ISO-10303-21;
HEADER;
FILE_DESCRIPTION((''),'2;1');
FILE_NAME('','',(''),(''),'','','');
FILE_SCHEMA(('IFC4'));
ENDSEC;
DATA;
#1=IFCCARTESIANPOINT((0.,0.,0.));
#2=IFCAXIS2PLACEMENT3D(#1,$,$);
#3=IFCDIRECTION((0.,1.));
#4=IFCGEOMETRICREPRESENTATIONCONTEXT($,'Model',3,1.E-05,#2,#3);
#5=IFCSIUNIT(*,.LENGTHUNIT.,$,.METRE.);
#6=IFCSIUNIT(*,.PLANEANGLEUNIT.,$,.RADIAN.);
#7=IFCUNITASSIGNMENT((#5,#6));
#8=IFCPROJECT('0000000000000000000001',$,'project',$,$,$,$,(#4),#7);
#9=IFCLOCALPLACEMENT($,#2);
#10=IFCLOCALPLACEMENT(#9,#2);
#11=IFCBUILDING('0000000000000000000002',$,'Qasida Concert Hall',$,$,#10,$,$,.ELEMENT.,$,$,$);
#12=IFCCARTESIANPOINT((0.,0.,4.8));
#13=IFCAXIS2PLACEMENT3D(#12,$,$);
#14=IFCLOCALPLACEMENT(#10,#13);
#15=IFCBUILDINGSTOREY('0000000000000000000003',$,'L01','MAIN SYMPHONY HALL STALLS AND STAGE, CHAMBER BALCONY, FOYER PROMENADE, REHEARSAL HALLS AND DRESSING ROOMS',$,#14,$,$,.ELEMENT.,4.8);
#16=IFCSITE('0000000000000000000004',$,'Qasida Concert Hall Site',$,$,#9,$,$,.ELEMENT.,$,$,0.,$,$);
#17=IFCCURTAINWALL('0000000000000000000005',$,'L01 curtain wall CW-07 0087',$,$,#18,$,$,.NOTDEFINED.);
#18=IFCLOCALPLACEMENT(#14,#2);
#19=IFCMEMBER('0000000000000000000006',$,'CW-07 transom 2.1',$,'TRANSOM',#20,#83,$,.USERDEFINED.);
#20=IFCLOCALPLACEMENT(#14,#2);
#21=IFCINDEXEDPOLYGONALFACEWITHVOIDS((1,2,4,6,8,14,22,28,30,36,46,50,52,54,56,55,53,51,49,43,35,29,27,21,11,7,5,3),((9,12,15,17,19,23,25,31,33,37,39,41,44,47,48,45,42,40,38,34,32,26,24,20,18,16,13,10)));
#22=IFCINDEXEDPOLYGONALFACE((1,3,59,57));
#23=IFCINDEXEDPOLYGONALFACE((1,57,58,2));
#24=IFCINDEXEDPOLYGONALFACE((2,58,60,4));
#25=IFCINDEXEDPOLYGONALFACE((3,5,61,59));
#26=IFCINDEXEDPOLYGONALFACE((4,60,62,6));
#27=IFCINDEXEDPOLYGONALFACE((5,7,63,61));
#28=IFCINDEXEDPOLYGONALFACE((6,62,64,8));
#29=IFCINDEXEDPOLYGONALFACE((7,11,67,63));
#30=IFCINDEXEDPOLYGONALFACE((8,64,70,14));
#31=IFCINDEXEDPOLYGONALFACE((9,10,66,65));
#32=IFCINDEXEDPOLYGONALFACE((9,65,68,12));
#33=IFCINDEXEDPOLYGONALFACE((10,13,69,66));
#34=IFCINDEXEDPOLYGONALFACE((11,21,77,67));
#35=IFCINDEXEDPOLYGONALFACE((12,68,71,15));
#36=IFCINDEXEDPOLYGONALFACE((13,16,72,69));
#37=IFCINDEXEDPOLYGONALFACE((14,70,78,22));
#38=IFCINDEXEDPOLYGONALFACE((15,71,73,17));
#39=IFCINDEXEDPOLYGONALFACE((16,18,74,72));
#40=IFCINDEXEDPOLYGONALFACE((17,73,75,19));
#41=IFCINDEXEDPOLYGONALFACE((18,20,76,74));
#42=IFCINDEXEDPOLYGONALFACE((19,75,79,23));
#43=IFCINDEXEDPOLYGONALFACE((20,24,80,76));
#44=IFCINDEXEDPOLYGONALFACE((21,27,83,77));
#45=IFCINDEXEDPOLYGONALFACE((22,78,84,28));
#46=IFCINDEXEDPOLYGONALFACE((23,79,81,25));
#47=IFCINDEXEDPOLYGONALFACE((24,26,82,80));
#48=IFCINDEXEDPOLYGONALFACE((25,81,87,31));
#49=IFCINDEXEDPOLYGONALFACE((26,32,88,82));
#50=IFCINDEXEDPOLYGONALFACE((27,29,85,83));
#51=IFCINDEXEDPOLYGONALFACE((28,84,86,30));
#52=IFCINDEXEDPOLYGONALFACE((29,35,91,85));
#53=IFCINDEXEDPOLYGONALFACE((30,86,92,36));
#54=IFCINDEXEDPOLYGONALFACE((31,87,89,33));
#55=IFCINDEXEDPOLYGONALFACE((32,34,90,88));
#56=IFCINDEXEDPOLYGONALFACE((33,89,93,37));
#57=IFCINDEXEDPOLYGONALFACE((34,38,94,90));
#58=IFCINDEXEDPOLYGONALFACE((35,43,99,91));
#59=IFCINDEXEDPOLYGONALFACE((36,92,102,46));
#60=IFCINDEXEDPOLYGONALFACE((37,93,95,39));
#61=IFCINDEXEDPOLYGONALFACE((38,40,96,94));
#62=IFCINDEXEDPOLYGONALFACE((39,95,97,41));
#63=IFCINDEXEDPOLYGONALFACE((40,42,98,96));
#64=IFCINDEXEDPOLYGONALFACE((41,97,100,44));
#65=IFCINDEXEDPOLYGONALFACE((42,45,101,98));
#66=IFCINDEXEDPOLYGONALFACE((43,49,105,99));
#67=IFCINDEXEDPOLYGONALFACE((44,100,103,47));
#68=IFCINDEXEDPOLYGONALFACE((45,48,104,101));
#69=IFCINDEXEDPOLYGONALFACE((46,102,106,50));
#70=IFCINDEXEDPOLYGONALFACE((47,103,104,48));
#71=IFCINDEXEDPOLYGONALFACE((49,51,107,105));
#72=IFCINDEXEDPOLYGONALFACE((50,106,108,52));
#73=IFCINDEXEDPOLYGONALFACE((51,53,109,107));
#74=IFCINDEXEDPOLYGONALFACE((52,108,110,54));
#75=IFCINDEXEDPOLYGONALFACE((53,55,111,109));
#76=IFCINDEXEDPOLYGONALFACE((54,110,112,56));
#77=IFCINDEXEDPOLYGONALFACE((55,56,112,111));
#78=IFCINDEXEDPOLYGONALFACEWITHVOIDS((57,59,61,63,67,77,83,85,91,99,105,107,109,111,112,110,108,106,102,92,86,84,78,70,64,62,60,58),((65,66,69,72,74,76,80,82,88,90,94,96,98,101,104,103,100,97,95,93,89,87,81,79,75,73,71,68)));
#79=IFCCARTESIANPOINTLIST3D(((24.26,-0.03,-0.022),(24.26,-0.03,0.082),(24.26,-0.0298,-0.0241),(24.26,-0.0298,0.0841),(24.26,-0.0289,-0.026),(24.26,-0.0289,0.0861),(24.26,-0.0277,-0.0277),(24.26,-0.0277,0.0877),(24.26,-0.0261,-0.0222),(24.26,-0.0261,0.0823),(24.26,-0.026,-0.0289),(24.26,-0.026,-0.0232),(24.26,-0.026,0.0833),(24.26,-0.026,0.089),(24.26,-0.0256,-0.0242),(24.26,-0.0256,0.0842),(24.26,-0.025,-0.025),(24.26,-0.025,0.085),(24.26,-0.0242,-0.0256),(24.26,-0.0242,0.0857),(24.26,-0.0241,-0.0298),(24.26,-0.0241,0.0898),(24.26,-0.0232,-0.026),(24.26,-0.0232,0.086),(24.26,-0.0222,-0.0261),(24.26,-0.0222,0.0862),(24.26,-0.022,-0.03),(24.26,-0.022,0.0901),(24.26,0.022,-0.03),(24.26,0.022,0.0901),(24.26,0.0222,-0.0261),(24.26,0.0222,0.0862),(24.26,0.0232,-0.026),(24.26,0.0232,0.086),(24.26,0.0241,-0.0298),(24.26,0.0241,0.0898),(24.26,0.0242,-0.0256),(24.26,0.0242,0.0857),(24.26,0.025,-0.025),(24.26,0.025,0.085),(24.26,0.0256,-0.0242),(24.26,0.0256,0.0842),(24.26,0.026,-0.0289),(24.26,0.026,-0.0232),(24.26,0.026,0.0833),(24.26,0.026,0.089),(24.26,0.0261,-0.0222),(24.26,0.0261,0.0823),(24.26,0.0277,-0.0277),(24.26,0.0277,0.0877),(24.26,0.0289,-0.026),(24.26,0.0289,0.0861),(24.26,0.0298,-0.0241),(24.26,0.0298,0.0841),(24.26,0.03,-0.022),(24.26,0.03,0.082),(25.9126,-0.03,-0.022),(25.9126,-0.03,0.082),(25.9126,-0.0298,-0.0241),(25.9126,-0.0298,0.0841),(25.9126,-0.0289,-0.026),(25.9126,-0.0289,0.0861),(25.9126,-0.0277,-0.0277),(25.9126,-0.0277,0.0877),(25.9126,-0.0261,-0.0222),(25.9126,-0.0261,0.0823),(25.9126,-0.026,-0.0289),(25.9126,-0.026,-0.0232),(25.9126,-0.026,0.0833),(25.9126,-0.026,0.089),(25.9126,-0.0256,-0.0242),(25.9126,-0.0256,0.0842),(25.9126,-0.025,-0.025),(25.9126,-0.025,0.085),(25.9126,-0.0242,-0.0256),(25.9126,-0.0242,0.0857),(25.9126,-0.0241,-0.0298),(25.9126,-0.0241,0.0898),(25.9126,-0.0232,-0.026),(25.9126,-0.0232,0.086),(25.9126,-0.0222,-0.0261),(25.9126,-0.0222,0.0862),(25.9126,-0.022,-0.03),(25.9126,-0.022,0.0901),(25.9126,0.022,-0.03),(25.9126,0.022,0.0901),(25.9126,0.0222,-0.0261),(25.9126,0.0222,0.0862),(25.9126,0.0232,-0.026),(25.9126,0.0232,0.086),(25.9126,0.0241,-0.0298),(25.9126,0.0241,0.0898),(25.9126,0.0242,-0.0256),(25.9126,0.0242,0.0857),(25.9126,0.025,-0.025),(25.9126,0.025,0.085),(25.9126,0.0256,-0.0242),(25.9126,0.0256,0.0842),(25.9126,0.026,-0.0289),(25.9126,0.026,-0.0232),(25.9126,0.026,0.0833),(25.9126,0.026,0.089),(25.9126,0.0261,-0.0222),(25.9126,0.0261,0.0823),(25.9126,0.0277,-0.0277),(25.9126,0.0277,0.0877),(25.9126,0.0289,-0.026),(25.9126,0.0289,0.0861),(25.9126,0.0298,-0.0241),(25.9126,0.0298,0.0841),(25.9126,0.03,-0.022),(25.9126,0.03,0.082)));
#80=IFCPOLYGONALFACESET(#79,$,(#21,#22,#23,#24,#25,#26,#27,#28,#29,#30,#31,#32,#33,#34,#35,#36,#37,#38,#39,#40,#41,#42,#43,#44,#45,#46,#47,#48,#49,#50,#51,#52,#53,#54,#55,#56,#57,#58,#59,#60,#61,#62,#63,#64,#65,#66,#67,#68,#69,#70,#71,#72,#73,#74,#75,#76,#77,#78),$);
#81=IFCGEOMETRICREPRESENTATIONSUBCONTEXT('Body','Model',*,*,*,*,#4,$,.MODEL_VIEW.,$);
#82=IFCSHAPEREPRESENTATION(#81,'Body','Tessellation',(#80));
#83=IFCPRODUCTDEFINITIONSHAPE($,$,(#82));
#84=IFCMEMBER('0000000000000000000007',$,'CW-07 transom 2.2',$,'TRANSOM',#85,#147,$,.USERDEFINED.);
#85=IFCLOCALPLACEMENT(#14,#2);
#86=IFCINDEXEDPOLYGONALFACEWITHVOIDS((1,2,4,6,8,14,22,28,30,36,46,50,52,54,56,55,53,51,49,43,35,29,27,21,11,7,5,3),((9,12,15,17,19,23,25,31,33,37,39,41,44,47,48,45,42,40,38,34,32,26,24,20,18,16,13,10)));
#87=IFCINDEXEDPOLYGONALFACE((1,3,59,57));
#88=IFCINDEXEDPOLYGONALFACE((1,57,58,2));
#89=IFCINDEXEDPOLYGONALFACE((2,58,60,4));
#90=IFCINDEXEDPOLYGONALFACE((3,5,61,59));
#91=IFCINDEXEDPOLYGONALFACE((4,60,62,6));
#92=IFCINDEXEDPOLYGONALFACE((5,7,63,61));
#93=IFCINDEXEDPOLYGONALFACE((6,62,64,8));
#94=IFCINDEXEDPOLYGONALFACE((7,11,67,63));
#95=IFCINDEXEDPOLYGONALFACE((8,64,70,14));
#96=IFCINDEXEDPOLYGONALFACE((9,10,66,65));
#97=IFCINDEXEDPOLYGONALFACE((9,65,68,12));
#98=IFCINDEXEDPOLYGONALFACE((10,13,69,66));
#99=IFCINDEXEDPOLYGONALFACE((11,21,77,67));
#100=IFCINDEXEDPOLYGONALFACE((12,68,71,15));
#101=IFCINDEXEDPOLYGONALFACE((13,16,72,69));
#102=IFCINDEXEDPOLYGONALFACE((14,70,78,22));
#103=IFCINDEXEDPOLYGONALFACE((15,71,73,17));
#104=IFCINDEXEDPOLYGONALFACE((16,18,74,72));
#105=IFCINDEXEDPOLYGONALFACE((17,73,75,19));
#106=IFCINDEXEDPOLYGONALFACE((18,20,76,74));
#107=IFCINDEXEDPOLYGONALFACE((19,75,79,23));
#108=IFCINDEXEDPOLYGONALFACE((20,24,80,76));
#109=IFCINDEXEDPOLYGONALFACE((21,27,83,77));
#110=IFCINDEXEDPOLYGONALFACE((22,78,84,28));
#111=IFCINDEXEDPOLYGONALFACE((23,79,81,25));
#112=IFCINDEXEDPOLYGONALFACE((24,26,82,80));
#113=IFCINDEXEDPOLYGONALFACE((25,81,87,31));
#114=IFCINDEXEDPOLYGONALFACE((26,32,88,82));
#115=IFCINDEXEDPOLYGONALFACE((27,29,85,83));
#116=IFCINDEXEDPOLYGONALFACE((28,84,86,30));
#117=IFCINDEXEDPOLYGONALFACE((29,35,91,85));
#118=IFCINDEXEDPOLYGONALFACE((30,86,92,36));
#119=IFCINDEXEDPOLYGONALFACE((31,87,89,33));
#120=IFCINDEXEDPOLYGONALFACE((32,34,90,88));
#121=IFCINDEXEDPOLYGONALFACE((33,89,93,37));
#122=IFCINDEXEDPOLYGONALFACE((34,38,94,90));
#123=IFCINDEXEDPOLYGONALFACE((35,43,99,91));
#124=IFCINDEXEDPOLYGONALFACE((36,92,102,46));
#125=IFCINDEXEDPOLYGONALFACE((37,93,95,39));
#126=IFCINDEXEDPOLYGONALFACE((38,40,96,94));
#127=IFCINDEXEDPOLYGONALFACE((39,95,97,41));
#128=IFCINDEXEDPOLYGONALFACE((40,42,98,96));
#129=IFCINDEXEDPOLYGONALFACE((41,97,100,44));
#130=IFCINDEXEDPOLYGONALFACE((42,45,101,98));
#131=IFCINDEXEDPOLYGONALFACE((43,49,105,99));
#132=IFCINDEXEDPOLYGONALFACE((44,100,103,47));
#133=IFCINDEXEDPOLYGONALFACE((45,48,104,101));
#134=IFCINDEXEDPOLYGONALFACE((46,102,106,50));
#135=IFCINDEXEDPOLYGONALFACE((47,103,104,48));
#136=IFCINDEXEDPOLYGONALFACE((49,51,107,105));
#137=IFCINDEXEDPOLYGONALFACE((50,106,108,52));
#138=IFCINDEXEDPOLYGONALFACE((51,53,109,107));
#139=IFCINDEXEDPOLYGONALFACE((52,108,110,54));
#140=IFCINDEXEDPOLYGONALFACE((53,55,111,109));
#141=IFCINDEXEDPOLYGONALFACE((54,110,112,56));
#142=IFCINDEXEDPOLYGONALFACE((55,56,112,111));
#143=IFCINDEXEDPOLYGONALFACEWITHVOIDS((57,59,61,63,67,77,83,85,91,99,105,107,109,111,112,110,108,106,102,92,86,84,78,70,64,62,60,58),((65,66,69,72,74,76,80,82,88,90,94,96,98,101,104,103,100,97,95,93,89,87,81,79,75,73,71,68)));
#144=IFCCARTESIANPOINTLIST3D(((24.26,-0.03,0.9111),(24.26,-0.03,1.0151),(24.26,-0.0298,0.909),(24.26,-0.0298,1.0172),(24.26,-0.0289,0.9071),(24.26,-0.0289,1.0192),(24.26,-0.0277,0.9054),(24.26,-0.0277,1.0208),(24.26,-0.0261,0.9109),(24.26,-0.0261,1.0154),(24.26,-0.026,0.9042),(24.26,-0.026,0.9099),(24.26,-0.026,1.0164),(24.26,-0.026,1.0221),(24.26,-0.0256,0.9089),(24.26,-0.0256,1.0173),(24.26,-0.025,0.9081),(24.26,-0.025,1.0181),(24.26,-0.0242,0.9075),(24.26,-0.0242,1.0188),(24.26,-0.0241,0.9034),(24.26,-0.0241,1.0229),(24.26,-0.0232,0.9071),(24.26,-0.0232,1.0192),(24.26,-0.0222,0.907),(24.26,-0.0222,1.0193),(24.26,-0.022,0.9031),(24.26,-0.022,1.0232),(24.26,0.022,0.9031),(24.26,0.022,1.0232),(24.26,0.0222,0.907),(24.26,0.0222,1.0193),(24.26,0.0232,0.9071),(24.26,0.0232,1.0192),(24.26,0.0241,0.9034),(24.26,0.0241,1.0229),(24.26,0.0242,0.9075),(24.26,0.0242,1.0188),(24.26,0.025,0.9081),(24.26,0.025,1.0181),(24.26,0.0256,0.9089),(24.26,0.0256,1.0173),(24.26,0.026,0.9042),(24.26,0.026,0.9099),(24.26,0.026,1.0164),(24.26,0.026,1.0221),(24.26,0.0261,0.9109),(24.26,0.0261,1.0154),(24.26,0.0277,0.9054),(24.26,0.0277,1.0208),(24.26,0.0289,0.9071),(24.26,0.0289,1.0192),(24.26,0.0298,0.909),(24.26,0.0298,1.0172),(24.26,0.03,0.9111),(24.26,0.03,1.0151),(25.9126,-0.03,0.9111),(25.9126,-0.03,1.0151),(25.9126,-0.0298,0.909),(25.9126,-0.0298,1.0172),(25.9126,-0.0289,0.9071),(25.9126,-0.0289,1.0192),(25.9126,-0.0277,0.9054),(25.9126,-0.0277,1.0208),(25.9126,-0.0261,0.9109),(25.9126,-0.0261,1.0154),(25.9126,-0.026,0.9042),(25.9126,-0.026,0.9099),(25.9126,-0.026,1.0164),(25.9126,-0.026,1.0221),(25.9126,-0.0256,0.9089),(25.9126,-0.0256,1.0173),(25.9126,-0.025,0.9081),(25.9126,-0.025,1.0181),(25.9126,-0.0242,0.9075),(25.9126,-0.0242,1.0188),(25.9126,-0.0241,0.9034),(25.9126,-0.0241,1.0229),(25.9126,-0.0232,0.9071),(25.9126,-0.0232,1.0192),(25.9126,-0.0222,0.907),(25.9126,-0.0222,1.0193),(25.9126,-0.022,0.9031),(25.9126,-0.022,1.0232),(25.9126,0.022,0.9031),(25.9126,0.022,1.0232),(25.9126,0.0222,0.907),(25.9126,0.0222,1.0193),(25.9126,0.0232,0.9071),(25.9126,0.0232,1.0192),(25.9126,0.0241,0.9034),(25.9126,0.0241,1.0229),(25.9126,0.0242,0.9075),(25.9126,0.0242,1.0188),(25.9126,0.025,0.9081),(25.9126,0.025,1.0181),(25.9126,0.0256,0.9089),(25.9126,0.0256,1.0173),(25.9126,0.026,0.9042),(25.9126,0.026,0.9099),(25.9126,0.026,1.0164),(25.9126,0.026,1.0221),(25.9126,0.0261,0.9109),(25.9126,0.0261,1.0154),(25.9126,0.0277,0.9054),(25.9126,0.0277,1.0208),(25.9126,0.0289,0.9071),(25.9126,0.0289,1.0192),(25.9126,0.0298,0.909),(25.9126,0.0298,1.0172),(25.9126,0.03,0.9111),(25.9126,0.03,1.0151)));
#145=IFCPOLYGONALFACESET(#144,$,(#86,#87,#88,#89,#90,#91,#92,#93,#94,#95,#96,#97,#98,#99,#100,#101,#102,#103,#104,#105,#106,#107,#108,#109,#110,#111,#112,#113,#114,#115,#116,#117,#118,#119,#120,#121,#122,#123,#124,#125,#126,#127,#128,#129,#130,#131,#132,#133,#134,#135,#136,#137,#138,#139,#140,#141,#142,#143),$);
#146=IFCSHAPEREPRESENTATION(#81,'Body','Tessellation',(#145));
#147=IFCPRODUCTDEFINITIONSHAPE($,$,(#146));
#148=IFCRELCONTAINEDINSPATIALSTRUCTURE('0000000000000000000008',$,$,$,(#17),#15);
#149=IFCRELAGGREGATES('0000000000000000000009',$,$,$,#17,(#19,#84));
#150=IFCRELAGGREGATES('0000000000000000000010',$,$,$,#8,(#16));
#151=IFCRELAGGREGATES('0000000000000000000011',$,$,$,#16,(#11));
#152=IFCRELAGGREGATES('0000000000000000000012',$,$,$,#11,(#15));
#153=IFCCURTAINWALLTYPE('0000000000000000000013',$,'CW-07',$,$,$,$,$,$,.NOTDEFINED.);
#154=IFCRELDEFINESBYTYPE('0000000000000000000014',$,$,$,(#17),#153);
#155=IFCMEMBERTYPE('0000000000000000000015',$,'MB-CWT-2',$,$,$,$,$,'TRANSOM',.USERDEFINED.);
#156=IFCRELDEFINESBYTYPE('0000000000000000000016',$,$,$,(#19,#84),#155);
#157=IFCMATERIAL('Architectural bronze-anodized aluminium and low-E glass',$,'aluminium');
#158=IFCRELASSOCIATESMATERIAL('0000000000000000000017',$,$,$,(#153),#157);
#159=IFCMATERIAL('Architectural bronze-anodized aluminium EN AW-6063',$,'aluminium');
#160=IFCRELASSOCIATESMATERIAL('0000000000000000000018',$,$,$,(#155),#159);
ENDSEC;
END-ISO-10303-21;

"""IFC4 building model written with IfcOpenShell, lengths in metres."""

from ifc_helpers import new_model, si_unit, direction, frame, origin, origin_2d, place, context, subcontext, project, spatial, hollow_rectangle, extrude, material, material_profile, profile_set, type_object, element, aggregate, save


model = new_model("IFC4")

# Units and contexts
model_context = context("Model", 3, precision=1e-05, world=origin(), true_north=direction((0.0, 1.0)))
body_context = subcontext(model_context, "Body", "Model", "MODEL_VIEW")
ifc_project = project(units=[si_unit("LENGTHUNIT", "METRE"), si_unit("PLANEANGLEUNIT", "RADIAN")], contexts=[model_context])

# Site, building, storey
site_placement = place(None, origin())
site = spatial("IfcSite", under=ifc_project, at=site_placement, Name="Qasida Concert Hall Site", CompositionType="ELEMENT", RefElevation=0.0)
building_placement = place(site_placement, origin())
building = spatial("IfcBuilding", under=site, at=building_placement, Name="Qasida Concert Hall", CompositionType="ELEMENT")
storey_placement = place(building_placement, frame((0.0, 0.0, 4.8)))
storey = spatial("IfcBuildingStorey", under=building, at=storey_placement, Name="L01", Description="MAIN SYMPHONY HALL STALLS AND STAGE, CHAMBER BALCONY, FOYER PROMENADE, REHEARSAL HALLS AND DRESSING ROOMS", CompositionType="ELEMENT", Elevation=4.8)

# Shared definitions
ifc_material_1 = material(Name="Architectural bronze-anodized aluminium and low-E glass", Category="aluminium")
curtain_wall_type = type_object("IfcCurtainWallType", Name="CW-07", PredefinedType="NOTDEFINED", material=ifc_material_1)
ifc_material_2 = material(Name="Architectural bronze-anodized aluminium EN AW-6063", Category="aluminium")

# Curtain wall, members
curtain_wall_1_placement = place(storey_placement, origin())
curtain_wall_1 = element("IfcCurtainWall", 1, at=curtain_wall_1_placement, inside=storey, type_object=curtain_wall_type, Name="L01 curtain wall CW-07 0087", PredefinedType="NOTDEFINED")
ifc_material_profile_1 = material_profile(ifc_material_2, hollow_rectangle(XDim=0.0601, YDim=0.1201, WallThickness=0.0039, InnerFilletRadius=0.0039, OuterFilletRadius=0.0081, at=origin_2d()), Name="CWT 120x60x4")
ifc_profile_set_1 = profile_set([ifc_material_profile_1], Name="Architectural bronze-anodized aluminium EN AW-6063")
member_type_1 = type_object("IfcMemberType", Name="MB-CWT-2", ElementType="TRANSOM", PredefinedType="USERDEFINED", material=ifc_profile_set_1)
member_1_placement = place(storey_placement, frame((24.26, 0.0, 0.03), z_axis=(1.0, 0.0, 0.0), x_axis=(0.0, 1.0, 0.0)))
member_1 = element("IfcMember", 2, at=member_1_placement, type_object=member_type_1, Name="CW-07 transom 2.1", ObjectType="TRANSOM", PredefinedType="USERDEFINED", context=body_context, shape_type="SweptSolid", body=[
    extrude(hollow_rectangle(XDim=0.0601, YDim=0.1201, WallThickness=0.0039, InnerFilletRadius=0.0039, OuterFilletRadius=0.0081, at=origin_2d()), origin(), (0.0, 0.0, 1.0), 1.6526),
])
member_2_placement = place(storey_placement, frame((24.26, 0.0, 0.9631), z_axis=(1.0, 0.0, 0.0), x_axis=(0.0, 1.0, 0.0)))
member_2 = element("IfcMember", 3, at=member_2_placement, type_object=member_type_1, Name="CW-07 transom 2.2", ObjectType="TRANSOM", PredefinedType="USERDEFINED", context=body_context, shape_type="SweptSolid", body=[
    extrude(hollow_rectangle(XDim=0.0601, YDim=0.1201, WallThickness=0.0039, InnerFilletRadius=0.0039, OuterFilletRadius=0.0081, at=origin_2d()), origin(), (0.0, 0.0, 1.0), 1.6526),
])

aggregate(curtain_wall_1, [member_1, member_2])

save(model, "model.ifc")
